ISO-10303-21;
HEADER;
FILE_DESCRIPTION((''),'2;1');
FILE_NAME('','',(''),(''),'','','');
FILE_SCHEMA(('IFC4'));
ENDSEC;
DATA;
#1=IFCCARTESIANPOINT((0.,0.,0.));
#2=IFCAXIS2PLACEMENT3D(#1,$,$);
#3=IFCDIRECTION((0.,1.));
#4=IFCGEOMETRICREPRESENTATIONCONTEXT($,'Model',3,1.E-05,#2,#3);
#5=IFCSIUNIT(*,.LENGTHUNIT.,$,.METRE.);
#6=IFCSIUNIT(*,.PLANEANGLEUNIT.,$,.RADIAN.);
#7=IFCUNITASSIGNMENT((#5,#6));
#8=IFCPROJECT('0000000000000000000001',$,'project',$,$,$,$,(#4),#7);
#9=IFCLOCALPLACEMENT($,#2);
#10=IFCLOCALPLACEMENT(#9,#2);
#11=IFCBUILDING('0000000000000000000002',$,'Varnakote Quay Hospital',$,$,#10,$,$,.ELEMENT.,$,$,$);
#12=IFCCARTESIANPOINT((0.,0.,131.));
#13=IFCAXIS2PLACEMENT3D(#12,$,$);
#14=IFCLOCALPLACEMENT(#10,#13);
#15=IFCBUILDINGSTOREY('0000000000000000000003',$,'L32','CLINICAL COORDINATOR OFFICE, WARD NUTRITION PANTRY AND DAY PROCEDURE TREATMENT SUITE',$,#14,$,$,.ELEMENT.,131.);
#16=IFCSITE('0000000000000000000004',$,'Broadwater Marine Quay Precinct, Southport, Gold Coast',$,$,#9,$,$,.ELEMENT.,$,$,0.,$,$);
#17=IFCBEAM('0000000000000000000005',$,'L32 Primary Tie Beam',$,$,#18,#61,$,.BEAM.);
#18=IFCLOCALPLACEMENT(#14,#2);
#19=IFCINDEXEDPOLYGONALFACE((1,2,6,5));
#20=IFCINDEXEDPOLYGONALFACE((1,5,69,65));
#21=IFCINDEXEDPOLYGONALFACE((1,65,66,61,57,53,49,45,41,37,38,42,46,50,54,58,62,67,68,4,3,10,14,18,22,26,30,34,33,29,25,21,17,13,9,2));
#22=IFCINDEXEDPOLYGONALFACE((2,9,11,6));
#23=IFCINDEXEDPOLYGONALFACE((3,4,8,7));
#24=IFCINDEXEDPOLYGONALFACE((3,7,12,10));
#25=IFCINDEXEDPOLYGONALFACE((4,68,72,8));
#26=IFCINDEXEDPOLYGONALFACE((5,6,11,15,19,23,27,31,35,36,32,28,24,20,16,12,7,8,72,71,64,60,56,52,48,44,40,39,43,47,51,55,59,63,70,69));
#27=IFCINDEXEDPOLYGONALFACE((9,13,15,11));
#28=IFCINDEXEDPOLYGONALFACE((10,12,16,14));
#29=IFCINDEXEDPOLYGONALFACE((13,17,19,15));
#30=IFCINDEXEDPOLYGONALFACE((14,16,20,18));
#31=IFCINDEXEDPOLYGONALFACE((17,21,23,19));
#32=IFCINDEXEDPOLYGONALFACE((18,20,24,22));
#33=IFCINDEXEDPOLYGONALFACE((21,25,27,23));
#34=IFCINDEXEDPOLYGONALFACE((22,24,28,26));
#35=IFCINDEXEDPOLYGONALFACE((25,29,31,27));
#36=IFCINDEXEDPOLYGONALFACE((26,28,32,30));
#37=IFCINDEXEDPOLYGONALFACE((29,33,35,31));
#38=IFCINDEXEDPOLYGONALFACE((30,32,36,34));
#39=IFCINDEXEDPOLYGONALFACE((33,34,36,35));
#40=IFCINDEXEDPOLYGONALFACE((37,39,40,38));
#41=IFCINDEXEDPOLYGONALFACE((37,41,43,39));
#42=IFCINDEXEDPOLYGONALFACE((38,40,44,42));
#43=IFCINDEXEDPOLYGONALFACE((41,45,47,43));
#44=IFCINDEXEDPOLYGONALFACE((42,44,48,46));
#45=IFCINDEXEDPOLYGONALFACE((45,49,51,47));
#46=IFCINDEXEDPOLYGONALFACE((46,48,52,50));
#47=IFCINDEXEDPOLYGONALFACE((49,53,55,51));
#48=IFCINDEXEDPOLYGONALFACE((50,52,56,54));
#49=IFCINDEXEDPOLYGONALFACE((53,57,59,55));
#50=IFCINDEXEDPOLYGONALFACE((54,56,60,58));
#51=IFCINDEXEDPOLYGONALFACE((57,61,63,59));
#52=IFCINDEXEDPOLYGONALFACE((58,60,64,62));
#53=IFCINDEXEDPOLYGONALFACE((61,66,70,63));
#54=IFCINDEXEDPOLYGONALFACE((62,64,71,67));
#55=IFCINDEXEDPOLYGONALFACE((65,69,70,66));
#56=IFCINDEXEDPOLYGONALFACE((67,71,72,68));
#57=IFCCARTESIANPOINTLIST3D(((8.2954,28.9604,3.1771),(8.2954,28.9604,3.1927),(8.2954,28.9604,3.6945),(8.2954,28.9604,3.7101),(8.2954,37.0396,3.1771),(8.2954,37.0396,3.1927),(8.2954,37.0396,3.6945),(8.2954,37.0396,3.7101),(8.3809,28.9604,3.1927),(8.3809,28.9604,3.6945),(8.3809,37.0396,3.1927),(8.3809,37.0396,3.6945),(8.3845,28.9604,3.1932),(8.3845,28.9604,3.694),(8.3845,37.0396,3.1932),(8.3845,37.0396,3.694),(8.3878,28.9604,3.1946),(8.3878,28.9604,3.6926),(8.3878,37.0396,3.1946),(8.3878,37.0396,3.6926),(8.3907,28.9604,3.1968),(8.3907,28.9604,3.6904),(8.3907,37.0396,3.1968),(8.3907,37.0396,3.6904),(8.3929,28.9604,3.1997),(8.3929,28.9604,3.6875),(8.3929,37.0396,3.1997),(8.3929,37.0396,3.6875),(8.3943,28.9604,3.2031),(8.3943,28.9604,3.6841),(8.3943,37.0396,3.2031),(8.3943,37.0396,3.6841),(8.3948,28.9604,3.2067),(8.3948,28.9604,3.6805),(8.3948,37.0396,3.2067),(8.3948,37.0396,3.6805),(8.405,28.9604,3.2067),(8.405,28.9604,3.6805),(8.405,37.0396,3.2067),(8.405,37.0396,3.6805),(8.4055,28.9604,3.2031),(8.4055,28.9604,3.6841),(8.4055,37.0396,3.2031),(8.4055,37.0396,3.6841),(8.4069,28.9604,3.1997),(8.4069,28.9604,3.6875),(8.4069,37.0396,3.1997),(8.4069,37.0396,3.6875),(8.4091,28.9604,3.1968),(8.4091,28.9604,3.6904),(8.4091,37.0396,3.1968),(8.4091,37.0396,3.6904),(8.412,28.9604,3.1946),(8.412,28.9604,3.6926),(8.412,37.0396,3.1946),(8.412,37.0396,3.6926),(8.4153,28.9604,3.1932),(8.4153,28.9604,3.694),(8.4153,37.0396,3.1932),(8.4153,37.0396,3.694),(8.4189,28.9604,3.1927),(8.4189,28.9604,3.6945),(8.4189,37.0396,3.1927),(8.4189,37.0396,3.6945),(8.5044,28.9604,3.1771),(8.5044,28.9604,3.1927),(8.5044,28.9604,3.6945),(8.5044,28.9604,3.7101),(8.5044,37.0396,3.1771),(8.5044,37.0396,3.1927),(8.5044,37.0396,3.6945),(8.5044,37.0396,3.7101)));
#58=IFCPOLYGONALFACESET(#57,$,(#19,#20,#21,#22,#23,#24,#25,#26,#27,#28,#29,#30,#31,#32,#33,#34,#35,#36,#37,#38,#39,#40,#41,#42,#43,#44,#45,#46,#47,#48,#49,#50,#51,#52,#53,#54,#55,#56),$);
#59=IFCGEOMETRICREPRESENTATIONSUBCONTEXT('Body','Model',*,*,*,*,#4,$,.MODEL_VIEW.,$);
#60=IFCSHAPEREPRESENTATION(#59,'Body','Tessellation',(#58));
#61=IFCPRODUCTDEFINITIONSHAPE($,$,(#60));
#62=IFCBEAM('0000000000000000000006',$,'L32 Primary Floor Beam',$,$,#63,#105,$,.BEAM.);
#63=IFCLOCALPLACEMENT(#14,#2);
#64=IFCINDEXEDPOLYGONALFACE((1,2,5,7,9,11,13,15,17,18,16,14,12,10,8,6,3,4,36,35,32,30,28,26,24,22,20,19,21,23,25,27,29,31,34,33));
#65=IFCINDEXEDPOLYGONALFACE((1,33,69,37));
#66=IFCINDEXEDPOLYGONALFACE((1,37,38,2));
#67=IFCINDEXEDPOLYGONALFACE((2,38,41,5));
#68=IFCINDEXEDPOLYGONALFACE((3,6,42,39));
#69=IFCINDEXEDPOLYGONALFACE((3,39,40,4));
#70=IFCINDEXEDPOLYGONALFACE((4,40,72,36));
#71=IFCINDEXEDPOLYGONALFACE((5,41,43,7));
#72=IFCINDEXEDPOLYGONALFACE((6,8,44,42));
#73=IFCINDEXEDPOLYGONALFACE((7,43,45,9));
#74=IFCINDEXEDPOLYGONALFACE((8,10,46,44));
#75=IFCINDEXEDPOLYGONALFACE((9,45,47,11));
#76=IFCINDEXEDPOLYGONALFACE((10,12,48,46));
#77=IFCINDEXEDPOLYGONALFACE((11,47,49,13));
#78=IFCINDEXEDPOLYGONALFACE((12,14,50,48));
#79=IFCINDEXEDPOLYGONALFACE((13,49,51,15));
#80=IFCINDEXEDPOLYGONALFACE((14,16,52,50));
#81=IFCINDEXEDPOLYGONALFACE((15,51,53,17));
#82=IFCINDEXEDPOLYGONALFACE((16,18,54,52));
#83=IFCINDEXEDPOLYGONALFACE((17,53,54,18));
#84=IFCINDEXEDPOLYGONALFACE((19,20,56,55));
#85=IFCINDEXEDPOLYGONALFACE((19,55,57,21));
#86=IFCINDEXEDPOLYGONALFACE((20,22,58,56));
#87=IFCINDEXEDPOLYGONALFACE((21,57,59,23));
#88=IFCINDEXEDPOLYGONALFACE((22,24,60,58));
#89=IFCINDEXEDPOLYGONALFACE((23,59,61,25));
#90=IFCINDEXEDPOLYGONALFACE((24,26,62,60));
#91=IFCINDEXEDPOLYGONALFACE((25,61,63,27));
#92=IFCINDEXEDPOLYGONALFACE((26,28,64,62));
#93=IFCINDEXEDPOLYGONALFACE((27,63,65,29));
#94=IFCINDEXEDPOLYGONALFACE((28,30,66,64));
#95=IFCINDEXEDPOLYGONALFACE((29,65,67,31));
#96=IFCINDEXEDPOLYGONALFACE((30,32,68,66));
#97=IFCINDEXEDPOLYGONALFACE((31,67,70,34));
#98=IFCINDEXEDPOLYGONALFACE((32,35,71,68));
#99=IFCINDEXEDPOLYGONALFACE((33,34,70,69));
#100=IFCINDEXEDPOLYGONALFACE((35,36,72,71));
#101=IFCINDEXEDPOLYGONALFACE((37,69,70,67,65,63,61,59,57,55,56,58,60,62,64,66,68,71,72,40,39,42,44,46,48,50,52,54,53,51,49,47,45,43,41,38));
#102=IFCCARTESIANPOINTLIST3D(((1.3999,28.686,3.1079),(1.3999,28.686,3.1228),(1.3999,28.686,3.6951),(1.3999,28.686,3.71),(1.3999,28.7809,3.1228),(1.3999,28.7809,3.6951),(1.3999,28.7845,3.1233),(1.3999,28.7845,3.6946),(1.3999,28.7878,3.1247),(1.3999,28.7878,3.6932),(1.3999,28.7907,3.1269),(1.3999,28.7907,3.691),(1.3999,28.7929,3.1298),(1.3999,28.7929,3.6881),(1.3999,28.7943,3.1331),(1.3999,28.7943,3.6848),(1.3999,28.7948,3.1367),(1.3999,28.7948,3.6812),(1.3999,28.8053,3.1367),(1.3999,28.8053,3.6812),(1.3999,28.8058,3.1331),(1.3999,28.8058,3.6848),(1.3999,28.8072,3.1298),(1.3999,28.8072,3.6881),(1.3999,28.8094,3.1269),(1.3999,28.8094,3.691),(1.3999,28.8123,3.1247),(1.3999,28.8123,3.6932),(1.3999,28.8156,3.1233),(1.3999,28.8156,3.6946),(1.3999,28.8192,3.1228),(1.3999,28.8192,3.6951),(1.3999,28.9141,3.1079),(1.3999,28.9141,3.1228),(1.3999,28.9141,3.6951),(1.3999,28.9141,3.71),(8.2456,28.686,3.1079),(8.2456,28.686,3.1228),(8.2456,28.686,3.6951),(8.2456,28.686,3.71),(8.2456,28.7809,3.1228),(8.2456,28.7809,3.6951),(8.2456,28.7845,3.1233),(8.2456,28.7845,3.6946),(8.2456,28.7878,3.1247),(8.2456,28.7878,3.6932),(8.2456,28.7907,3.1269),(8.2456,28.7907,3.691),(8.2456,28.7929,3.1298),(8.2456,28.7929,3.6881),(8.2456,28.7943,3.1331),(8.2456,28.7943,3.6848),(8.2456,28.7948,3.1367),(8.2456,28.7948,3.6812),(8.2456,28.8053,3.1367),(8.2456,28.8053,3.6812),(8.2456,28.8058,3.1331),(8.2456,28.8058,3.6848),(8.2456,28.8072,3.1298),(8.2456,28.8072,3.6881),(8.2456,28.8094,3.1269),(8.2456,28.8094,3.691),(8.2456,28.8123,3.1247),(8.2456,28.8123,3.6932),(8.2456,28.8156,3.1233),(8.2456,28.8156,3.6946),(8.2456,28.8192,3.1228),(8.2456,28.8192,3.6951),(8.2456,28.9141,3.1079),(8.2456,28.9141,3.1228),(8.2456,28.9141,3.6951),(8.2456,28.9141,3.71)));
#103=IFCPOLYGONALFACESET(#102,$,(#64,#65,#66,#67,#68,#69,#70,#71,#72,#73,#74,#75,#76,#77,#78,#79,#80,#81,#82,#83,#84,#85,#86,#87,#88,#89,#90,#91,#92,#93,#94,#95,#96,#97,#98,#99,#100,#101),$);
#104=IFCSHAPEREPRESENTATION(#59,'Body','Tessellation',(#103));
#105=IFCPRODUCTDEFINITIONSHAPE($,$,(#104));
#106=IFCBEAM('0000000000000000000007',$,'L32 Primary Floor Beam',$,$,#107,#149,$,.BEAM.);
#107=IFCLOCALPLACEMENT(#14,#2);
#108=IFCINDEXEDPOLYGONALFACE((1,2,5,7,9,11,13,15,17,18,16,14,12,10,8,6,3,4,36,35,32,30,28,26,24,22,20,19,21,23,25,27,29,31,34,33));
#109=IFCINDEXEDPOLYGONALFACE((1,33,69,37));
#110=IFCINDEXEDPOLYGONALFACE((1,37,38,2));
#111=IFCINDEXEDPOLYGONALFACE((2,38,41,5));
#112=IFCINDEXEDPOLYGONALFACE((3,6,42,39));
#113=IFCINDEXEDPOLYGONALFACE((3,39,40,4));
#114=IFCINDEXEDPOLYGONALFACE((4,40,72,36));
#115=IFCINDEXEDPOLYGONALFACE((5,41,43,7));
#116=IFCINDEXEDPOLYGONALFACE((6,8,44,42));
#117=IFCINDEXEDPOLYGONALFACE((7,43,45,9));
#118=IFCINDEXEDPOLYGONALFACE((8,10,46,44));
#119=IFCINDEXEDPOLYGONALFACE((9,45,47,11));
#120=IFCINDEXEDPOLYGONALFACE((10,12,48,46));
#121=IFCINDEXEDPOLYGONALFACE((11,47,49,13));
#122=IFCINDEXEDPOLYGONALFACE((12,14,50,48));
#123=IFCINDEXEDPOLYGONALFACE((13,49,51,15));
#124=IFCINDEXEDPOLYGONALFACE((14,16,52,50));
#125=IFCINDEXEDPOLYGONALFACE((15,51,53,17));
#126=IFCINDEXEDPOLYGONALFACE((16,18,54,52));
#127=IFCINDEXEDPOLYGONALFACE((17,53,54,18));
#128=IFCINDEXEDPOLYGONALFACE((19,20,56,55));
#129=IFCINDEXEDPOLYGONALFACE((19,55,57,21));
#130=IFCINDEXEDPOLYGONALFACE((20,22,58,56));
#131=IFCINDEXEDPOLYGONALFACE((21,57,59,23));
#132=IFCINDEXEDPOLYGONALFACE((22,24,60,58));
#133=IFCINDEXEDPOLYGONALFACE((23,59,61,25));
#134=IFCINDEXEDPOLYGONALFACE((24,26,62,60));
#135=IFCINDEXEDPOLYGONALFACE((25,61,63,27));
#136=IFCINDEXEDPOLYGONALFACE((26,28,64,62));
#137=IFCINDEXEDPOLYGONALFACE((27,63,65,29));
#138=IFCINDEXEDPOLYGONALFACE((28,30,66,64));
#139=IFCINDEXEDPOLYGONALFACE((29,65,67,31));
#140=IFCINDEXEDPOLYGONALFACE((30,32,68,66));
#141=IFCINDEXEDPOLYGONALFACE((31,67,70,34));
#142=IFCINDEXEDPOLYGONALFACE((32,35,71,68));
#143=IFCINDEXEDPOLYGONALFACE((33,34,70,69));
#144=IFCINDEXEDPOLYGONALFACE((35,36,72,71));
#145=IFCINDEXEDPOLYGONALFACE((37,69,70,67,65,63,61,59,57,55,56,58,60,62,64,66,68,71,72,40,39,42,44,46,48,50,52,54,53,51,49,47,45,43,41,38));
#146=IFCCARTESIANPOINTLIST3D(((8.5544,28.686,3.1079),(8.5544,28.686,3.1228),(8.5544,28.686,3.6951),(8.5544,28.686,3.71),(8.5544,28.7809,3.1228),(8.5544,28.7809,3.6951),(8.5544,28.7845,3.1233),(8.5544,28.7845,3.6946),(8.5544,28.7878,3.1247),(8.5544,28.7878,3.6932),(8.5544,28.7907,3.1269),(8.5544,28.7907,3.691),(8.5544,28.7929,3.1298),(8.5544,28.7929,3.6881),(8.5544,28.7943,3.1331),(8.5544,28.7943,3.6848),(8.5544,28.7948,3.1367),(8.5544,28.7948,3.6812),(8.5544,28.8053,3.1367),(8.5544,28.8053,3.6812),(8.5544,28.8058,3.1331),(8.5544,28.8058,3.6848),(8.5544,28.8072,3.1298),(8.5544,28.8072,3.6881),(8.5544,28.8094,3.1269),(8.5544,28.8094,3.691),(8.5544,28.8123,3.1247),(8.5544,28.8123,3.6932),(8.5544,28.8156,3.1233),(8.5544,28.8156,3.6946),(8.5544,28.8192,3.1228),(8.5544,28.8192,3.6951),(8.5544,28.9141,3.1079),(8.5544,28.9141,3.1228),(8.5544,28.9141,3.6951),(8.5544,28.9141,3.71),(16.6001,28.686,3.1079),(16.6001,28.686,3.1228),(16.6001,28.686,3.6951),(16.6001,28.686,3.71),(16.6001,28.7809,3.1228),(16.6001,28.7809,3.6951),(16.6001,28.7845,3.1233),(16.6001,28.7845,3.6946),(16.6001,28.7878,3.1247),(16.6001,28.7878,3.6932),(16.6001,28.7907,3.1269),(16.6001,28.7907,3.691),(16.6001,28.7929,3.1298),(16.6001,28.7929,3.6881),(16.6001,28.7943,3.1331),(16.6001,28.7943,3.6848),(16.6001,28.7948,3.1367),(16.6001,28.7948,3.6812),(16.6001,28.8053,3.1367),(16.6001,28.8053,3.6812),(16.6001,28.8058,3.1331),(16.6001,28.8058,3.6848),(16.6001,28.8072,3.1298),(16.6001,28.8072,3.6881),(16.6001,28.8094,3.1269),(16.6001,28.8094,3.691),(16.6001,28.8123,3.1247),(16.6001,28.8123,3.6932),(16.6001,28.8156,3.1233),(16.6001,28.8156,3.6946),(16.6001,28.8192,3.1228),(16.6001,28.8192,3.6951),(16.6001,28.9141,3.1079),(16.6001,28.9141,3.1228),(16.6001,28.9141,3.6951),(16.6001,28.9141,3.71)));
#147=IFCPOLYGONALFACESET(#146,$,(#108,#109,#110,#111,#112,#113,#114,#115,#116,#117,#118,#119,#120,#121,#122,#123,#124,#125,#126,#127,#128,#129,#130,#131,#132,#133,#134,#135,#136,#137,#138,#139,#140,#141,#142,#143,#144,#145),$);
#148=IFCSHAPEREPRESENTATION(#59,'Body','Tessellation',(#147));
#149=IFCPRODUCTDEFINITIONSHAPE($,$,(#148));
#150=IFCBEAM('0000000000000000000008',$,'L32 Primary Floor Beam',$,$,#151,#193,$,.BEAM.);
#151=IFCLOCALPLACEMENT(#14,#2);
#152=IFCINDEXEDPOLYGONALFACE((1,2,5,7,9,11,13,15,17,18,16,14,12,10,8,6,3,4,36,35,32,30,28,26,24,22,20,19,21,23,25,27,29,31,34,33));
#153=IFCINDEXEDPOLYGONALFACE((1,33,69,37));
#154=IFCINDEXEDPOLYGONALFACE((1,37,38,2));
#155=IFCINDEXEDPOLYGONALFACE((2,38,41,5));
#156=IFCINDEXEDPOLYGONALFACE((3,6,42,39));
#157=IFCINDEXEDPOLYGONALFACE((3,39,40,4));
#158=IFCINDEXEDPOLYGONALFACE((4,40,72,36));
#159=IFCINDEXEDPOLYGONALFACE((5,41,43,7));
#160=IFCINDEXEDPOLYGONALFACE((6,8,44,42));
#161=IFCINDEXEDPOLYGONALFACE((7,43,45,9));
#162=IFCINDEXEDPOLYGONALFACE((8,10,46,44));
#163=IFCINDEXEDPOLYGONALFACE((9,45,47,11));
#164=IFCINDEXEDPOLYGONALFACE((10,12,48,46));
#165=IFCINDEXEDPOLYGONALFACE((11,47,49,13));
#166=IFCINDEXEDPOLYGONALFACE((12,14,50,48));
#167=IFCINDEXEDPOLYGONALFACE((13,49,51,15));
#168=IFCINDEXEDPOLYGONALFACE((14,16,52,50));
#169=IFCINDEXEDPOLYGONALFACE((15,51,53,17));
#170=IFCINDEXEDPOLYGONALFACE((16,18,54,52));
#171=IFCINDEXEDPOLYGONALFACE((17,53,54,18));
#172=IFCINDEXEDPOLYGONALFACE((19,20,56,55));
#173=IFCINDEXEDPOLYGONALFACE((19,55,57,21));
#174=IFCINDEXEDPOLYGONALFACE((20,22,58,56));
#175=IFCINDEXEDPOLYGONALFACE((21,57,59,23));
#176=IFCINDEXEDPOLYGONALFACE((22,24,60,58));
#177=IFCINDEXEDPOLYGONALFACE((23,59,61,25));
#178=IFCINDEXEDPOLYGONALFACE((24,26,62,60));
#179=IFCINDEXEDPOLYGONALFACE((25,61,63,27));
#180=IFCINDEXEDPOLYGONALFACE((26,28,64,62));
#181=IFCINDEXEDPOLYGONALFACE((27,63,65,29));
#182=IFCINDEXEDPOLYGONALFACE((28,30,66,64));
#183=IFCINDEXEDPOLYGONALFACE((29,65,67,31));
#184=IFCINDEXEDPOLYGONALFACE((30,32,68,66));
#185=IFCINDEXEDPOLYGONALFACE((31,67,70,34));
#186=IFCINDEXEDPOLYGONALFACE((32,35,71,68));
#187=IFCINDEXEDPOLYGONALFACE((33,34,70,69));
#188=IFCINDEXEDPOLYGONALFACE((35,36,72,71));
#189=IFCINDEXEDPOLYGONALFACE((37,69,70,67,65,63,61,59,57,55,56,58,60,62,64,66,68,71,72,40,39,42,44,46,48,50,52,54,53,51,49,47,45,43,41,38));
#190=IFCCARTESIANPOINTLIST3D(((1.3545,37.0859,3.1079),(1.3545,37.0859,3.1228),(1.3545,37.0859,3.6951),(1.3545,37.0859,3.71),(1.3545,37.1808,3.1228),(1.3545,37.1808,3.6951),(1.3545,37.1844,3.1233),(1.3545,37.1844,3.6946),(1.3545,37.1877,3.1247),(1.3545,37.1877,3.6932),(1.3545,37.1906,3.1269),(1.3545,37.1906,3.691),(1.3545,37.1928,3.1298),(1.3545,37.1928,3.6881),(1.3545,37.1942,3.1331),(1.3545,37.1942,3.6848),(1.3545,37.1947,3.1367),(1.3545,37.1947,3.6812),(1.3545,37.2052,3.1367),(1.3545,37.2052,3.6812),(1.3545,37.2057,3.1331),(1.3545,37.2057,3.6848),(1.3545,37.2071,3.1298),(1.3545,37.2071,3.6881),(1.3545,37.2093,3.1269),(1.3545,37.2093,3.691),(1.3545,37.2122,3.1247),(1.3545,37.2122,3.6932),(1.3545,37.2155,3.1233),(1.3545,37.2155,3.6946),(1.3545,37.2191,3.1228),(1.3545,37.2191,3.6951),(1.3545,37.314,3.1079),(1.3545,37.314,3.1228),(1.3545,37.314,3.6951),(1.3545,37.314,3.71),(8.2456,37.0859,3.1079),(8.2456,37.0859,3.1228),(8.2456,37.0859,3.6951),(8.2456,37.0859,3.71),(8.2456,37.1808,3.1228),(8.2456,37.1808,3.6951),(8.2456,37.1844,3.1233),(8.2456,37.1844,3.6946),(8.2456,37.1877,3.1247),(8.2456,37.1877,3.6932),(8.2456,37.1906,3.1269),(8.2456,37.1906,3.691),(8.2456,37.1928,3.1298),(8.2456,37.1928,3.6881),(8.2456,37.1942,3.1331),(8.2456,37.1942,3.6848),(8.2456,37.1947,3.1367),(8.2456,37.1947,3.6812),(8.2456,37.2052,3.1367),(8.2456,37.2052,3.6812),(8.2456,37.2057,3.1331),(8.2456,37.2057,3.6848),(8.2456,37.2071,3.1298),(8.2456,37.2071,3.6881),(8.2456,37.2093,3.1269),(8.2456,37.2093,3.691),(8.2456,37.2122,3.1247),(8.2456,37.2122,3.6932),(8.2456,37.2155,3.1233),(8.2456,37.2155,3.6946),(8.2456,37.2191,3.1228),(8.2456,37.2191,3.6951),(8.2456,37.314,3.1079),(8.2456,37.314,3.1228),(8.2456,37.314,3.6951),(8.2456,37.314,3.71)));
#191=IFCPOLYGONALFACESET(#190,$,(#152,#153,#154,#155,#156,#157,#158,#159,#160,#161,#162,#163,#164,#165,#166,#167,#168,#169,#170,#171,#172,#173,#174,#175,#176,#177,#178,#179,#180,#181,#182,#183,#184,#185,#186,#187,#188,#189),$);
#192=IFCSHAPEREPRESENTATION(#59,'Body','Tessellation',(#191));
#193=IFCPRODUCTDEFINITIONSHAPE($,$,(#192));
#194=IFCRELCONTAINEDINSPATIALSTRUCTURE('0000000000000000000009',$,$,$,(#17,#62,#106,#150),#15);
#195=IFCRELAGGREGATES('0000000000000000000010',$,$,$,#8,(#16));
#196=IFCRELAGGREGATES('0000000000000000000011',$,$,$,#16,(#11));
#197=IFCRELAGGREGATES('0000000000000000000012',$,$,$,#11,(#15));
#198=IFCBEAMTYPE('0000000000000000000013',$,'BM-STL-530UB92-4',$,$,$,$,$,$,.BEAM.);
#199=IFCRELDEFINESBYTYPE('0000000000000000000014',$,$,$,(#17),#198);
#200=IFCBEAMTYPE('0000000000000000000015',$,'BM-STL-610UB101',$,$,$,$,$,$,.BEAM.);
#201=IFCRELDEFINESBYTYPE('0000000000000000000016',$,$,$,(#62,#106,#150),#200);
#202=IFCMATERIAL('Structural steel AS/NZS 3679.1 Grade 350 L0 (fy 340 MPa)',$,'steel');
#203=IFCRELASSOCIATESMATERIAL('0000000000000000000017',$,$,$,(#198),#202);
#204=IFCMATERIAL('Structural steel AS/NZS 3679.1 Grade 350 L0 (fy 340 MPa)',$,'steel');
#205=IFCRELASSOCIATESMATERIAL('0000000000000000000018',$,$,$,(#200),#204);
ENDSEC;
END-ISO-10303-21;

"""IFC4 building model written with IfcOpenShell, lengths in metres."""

from ifc_helpers import new_model, si_unit, direction, frame, origin, origin_2d, place, context, subcontext, project, spatial, i_section, extrude, material, material_profile, profile_set, type_object, element, save


model = new_model("IFC4")

# Units and contexts
model_context = context("Model", 3, precision=1e-05, world=origin(), true_north=direction((0.0, 1.0)))
body_context = subcontext(model_context, "Body", "Model", "MODEL_VIEW")
ifc_project = project(units=[si_unit("LENGTHUNIT", "METRE"), si_unit("PLANEANGLEUNIT", "RADIAN")], contexts=[model_context])

# Site, building, storey
site_placement = place(None, origin())
site = spatial("IfcSite", under=ifc_project, at=site_placement, Name="Broadwater Marine Quay Precinct, Southport, Gold Coast", CompositionType="ELEMENT", RefElevation=0.0)
building_placement = place(site_placement, origin())
building = spatial("IfcBuilding", under=site, at=building_placement, Name="Varnakote Quay Hospital", CompositionType="ELEMENT")
storey_placement = place(building_placement, frame((0.0, 0.0, 131.0)))
storey = spatial("IfcBuildingStorey", under=building, at=storey_placement, Name="L32", Description="CLINICAL COORDINATOR OFFICE, WARD NUTRITION PANTRY AND DAY PROCEDURE TREATMENT SUITE", CompositionType="ELEMENT", Elevation=131.0)

# Beams
ifc_material_1 = material(Name="Structural steel AS/NZS 3679.1 Grade 350 L0 (fy 340 MPa)", Category="steel")
ifc_material_profile_1 = material_profile(ifc_material_1, i_section(OverallWidth=0.209, OverallDepth=0.533, WebThickness=0.0103, FlangeThickness=0.0156, FilletRadius=0.0139, at=origin_2d()), Name="530UB92.4")
ifc_profile_set_1 = profile_set([ifc_material_profile_1], Name="Structural steel AS/NZS 3679.1 Grade 350 L0 (fy 340 MPa)")
beam_type_1 = type_object("IfcBeamType", Name="BM-STL-530UB92-4", PredefinedType="BEAM", material=ifc_profile_set_1)
beam_1_placement = place(storey_placement, frame((8.3999, 28.9604, 3.4436), z_axis=(0.0, 1.0, 0.0), x_axis=(-1.0, 0.0, 0.0)))
element("IfcBeam", 1, at=beam_1_placement, inside=storey, type_object=beam_type_1, Name="L32 Primary Tie Beam", PredefinedType="BEAM", context=body_context, shape_type="SweptSolid", body=[
    extrude(i_section(OverallWidth=0.209, OverallDepth=0.533, WebThickness=0.0103, FlangeThickness=0.0156, FilletRadius=0.0139, at=origin_2d()), origin(), (0.0, 0.0, 1.0), 8.0791),
])
ifc_material_2 = material(Name="Structural steel AS/NZS 3679.1 Grade 350 L0 (fy 340 MPa)", Category="steel")
ifc_material_profile_2 = material_profile(ifc_material_2, i_section(OverallWidth=0.228, OverallDepth=0.6021, WebThickness=0.0105, FlangeThickness=0.0149, FilletRadius=0.0139, at=origin_2d()), Name="610UB101")
ifc_profile_set_2 = profile_set([ifc_material_profile_2], Name="Structural steel AS/NZS 3679.1 Grade 350 L0 (fy 340 MPa)")
beam_type_2 = type_object("IfcBeamType", Name="BM-STL-610UB101", PredefinedType="BEAM", material=ifc_profile_set_2)
beam_2_placement = place(storey_placement, frame((1.3999, 28.8, 3.4089), z_axis=(1.0, 0.0, 0.0), x_axis=(0.0, 1.0, 0.0)))
element("IfcBeam", 2, at=beam_2_placement, inside=storey, type_object=beam_type_2, Name="L32 Primary Floor Beam", PredefinedType="BEAM", context=body_context, shape_type="SweptSolid", body=[
    extrude(i_section(OverallWidth=0.228, OverallDepth=0.6021, WebThickness=0.0105, FlangeThickness=0.0149, FilletRadius=0.0139, at=origin_2d()), origin(), (0.0, 0.0, 1.0), 6.8457),
])
beam_3_placement = place(storey_placement, frame((8.5544, 28.8, 3.4089), z_axis=(1.0, 0.0, 0.0), x_axis=(0.0, 1.0, 0.0)))
element("IfcBeam", 3, at=beam_3_placement, inside=storey, type_object=beam_type_2, Name="L32 Primary Floor Beam", PredefinedType="BEAM", context=body_context, shape_type="SweptSolid", body=[
    extrude(i_section(OverallWidth=0.228, OverallDepth=0.6021, WebThickness=0.0105, FlangeThickness=0.0149, FilletRadius=0.0139, at=origin_2d()), origin(), (0.0, 0.0, 1.0), 8.0457),
])
beam_4_placement = place(storey_placement, frame((1.3545, 37.2, 3.4089), z_axis=(1.0, 0.0, 0.0), x_axis=(0.0, 1.0, 0.0)))
element("IfcBeam", 4, at=beam_4_placement, inside=storey, type_object=beam_type_2, Name="L32 Primary Floor Beam", PredefinedType="BEAM", context=body_context, shape_type="SweptSolid", body=[
    extrude(i_section(OverallWidth=0.228, OverallDepth=0.6021, WebThickness=0.0105, FlangeThickness=0.0149, FilletRadius=0.0139, at=origin_2d()), origin(), (0.0, 0.0, 1.0), 6.8911),
])

save(model, "model.ifc")
